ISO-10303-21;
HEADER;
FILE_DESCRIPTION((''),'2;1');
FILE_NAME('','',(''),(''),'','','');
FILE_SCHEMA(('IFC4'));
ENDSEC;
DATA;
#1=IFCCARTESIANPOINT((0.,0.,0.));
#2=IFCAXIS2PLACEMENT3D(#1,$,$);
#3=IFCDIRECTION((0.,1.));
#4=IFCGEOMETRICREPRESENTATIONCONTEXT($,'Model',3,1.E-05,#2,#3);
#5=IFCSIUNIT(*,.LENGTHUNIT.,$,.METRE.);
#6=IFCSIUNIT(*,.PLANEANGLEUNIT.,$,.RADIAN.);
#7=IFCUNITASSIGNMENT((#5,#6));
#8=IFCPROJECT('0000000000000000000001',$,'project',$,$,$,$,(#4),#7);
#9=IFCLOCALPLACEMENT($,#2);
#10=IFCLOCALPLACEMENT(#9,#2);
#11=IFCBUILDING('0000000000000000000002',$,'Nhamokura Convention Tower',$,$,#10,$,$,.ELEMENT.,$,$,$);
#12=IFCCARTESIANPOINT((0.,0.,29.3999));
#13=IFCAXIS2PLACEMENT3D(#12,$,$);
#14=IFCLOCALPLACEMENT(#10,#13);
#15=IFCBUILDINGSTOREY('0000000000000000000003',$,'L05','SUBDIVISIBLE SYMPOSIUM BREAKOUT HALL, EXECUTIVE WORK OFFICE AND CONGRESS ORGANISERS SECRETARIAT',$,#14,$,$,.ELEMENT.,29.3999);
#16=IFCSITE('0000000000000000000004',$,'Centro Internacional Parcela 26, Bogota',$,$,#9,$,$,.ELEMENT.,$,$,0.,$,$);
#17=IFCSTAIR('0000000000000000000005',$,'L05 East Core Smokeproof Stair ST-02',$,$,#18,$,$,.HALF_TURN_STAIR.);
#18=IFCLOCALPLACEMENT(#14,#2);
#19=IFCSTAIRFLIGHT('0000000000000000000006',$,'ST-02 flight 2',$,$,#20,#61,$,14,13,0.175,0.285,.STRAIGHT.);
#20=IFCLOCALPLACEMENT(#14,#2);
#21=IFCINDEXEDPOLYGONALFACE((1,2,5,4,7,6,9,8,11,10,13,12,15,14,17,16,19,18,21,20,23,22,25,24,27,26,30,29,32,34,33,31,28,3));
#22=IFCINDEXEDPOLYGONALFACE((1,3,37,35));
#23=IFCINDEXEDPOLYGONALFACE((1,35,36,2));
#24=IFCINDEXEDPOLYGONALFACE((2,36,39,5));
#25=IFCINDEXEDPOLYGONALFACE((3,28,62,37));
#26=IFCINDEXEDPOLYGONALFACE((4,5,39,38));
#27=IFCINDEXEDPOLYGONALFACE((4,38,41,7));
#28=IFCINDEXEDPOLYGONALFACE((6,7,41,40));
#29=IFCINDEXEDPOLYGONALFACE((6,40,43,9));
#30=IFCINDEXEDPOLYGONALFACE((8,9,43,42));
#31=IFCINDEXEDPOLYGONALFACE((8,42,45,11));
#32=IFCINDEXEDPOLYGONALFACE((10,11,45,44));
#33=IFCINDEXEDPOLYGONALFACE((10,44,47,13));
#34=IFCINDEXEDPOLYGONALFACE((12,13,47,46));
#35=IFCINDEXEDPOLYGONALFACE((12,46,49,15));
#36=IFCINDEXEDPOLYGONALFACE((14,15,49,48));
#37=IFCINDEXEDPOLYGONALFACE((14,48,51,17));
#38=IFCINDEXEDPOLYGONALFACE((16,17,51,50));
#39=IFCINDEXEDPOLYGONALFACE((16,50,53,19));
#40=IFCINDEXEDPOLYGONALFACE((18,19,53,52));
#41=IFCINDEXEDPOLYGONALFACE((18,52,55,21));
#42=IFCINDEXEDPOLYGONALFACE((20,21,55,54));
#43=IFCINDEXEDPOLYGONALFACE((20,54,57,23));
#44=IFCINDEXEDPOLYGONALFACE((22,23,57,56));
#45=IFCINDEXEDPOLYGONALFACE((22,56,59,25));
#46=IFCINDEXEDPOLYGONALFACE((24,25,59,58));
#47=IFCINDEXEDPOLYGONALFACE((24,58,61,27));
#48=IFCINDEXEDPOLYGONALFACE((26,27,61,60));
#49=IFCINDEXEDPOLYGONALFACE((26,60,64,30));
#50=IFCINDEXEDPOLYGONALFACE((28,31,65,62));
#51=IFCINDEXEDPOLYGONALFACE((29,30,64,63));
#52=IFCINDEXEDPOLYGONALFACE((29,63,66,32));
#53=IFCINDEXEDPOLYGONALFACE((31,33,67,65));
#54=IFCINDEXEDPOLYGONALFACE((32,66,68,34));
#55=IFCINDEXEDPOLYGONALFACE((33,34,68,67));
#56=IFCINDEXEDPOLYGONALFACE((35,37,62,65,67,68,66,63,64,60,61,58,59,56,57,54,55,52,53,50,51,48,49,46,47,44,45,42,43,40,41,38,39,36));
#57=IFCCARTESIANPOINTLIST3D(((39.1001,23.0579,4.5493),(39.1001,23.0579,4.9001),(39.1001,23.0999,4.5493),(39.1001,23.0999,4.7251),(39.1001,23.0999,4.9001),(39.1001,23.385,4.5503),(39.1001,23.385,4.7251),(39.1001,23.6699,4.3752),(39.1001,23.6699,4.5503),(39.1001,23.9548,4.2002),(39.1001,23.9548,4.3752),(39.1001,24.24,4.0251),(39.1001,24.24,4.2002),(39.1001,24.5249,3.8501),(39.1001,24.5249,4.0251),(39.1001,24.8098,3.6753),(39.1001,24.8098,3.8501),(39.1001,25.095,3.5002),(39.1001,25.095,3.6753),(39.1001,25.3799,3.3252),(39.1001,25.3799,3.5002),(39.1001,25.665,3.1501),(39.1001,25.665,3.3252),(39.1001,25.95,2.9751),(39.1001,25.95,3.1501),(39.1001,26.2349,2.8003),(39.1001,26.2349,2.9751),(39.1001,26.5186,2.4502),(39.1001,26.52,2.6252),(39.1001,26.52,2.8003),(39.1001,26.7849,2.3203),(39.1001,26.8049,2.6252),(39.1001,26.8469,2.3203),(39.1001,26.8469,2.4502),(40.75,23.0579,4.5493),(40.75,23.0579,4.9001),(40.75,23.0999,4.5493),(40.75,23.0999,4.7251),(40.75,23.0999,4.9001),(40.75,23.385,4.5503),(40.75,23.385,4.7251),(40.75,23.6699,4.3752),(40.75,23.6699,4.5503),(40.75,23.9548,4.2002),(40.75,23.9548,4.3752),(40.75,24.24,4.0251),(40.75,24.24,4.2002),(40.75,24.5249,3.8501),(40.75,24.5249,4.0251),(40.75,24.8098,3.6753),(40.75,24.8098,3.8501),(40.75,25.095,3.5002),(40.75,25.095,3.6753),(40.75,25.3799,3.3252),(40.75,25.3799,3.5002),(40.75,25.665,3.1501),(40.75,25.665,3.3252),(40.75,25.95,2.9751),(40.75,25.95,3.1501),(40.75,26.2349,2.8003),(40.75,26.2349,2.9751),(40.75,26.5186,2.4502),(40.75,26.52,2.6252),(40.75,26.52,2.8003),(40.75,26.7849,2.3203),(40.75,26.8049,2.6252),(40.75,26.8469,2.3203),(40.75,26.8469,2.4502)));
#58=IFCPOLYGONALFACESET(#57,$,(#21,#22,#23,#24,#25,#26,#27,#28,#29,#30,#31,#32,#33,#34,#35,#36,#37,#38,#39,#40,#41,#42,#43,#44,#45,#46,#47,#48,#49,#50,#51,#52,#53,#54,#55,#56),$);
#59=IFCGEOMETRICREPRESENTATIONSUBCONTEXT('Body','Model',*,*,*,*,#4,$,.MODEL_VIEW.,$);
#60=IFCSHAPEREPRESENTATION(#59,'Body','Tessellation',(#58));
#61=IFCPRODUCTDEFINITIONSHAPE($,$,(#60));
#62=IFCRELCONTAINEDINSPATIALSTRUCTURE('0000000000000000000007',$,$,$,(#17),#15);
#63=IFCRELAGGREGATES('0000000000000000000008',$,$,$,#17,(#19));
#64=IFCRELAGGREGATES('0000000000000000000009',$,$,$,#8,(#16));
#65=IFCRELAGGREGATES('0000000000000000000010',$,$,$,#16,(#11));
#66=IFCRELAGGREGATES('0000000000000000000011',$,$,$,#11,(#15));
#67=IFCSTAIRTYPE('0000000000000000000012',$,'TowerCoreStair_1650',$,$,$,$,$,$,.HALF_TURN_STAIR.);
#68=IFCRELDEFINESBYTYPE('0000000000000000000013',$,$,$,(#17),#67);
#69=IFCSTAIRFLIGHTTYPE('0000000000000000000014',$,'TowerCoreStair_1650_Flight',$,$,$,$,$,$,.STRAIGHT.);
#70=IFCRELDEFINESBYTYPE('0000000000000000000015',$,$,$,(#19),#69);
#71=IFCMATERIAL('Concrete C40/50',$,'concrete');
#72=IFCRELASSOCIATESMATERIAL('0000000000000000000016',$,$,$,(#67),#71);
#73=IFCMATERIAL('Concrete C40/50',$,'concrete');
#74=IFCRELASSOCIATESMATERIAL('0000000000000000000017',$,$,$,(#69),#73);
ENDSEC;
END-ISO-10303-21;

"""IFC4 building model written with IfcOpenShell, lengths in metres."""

from ifc_helpers import new_model, si_unit, direction, frame, origin, place, context, subcontext, project, spatial, polyline, outline, extrude, material, type_object, element, aggregate, save


model = new_model("IFC4")

# Units and contexts
model_context = context("Model", 3, precision=1e-05, world=origin(), true_north=direction((0.0, 1.0)))
body_context = subcontext(model_context, "Body", "Model", "MODEL_VIEW")
ifc_project = project(units=[si_unit("LENGTHUNIT", "METRE"), si_unit("PLANEANGLEUNIT", "RADIAN")], contexts=[model_context])

# Site, building, storey
site_placement = place(None, origin())
site = spatial("IfcSite", under=ifc_project, at=site_placement, Name="Centro Internacional Parcela 26, Bogota", CompositionType="ELEMENT", RefElevation=0.0)
building_placement = place(site_placement, origin())
building = spatial("IfcBuilding", under=site, at=building_placement, Name="Nhamokura Convention Tower", CompositionType="ELEMENT")
storey_placement = place(building_placement, frame((0.0, 0.0, 29.3999)))
storey = spatial("IfcBuildingStorey", under=building, at=storey_placement, Name="L05", Description="SUBDIVISIBLE SYMPOSIUM BREAKOUT HALL, EXECUTIVE WORK OFFICE AND CONGRESS ORGANISERS SECRETARIAT", CompositionType="ELEMENT", Elevation=29.3999)

# Stair, stair flight
ifc_material_1 = material(Name="Concrete C40/50", Category="concrete")
stair_type = type_object("IfcStairType", Name="TowerCoreStair_1650", PredefinedType="HALF_TURN_STAIR", material=ifc_material_1)
stair_placement = place(storey_placement, origin())
stair = element("IfcStair", 1, at=stair_placement, inside=storey, type_object=stair_type, Name="L05 East Core Smokeproof Stair ST-02", PredefinedType="HALF_TURN_STAIR")
ifc_material_2 = material(Name="Concrete C40/50", Category="concrete")
stair_flight_type = type_object("IfcStairFlightType", Name="TowerCoreStair_1650_Flight", PredefinedType="STRAIGHT", material=ifc_material_2)
stair_flight_1_placement = place(storey_placement, frame((39.925, 26.8049, 2.4502), z_axis=(0.0, 0.0, 1.0), x_axis=(0.0, -1.0, 0.0)))
stair_flight_1 = element("IfcStairFlight", 2, at=stair_flight_1_placement, type_object=stair_flight_type, Name="ST-02 flight 2", NumberOfRisers=14, NumberOfTreads=13, PredefinedType="STRAIGHT", RiserHeight=0.175, TreadLength=0.285, context=body_context, shape_type="SweptSolid", body=[
    extrude(outline(polyline([(-0.042, 0.0), (0.0, 0.175), (0.2849, 0.175), (0.2849, 0.3501), (0.5701, 0.3501), (0.5701, 0.5249), (0.855, 0.5249), (0.855, 0.7), (1.1399, 0.7), (1.1399, 0.875), (1.425, 0.875), (1.425, 1.05), (1.71, 1.05), (1.71, 1.2251), (1.9951, 1.2251), (1.9951, 1.3999), (2.28, 1.3999), (2.28, 1.575), (2.5649, 1.575), (2.5649, 1.75), (2.8501, 1.75), (2.8501, 1.925), (3.135, 1.925), (3.135, 2.1001), (3.4199, 2.1001), (3.4199, 2.2749), (3.7051, 2.2749), (3.7051, 2.45), (3.7471, 2.45), (3.7471, 2.0991), (3.7051, 2.0991), (0.2864, 0.0), (0.02, -0.1299), (-0.042, -0.1299), (-0.042, 0.0)])), frame((0.0, 0.825, 0.0), z_axis=(0.0, -1.0, 0.0), x_axis=(1.0, 0.0, 0.0)), (0.0, 0.0, 1.0), 1.6499),
])
aggregate(stair, [stair_flight_1])

save(model, "model.ifc")
